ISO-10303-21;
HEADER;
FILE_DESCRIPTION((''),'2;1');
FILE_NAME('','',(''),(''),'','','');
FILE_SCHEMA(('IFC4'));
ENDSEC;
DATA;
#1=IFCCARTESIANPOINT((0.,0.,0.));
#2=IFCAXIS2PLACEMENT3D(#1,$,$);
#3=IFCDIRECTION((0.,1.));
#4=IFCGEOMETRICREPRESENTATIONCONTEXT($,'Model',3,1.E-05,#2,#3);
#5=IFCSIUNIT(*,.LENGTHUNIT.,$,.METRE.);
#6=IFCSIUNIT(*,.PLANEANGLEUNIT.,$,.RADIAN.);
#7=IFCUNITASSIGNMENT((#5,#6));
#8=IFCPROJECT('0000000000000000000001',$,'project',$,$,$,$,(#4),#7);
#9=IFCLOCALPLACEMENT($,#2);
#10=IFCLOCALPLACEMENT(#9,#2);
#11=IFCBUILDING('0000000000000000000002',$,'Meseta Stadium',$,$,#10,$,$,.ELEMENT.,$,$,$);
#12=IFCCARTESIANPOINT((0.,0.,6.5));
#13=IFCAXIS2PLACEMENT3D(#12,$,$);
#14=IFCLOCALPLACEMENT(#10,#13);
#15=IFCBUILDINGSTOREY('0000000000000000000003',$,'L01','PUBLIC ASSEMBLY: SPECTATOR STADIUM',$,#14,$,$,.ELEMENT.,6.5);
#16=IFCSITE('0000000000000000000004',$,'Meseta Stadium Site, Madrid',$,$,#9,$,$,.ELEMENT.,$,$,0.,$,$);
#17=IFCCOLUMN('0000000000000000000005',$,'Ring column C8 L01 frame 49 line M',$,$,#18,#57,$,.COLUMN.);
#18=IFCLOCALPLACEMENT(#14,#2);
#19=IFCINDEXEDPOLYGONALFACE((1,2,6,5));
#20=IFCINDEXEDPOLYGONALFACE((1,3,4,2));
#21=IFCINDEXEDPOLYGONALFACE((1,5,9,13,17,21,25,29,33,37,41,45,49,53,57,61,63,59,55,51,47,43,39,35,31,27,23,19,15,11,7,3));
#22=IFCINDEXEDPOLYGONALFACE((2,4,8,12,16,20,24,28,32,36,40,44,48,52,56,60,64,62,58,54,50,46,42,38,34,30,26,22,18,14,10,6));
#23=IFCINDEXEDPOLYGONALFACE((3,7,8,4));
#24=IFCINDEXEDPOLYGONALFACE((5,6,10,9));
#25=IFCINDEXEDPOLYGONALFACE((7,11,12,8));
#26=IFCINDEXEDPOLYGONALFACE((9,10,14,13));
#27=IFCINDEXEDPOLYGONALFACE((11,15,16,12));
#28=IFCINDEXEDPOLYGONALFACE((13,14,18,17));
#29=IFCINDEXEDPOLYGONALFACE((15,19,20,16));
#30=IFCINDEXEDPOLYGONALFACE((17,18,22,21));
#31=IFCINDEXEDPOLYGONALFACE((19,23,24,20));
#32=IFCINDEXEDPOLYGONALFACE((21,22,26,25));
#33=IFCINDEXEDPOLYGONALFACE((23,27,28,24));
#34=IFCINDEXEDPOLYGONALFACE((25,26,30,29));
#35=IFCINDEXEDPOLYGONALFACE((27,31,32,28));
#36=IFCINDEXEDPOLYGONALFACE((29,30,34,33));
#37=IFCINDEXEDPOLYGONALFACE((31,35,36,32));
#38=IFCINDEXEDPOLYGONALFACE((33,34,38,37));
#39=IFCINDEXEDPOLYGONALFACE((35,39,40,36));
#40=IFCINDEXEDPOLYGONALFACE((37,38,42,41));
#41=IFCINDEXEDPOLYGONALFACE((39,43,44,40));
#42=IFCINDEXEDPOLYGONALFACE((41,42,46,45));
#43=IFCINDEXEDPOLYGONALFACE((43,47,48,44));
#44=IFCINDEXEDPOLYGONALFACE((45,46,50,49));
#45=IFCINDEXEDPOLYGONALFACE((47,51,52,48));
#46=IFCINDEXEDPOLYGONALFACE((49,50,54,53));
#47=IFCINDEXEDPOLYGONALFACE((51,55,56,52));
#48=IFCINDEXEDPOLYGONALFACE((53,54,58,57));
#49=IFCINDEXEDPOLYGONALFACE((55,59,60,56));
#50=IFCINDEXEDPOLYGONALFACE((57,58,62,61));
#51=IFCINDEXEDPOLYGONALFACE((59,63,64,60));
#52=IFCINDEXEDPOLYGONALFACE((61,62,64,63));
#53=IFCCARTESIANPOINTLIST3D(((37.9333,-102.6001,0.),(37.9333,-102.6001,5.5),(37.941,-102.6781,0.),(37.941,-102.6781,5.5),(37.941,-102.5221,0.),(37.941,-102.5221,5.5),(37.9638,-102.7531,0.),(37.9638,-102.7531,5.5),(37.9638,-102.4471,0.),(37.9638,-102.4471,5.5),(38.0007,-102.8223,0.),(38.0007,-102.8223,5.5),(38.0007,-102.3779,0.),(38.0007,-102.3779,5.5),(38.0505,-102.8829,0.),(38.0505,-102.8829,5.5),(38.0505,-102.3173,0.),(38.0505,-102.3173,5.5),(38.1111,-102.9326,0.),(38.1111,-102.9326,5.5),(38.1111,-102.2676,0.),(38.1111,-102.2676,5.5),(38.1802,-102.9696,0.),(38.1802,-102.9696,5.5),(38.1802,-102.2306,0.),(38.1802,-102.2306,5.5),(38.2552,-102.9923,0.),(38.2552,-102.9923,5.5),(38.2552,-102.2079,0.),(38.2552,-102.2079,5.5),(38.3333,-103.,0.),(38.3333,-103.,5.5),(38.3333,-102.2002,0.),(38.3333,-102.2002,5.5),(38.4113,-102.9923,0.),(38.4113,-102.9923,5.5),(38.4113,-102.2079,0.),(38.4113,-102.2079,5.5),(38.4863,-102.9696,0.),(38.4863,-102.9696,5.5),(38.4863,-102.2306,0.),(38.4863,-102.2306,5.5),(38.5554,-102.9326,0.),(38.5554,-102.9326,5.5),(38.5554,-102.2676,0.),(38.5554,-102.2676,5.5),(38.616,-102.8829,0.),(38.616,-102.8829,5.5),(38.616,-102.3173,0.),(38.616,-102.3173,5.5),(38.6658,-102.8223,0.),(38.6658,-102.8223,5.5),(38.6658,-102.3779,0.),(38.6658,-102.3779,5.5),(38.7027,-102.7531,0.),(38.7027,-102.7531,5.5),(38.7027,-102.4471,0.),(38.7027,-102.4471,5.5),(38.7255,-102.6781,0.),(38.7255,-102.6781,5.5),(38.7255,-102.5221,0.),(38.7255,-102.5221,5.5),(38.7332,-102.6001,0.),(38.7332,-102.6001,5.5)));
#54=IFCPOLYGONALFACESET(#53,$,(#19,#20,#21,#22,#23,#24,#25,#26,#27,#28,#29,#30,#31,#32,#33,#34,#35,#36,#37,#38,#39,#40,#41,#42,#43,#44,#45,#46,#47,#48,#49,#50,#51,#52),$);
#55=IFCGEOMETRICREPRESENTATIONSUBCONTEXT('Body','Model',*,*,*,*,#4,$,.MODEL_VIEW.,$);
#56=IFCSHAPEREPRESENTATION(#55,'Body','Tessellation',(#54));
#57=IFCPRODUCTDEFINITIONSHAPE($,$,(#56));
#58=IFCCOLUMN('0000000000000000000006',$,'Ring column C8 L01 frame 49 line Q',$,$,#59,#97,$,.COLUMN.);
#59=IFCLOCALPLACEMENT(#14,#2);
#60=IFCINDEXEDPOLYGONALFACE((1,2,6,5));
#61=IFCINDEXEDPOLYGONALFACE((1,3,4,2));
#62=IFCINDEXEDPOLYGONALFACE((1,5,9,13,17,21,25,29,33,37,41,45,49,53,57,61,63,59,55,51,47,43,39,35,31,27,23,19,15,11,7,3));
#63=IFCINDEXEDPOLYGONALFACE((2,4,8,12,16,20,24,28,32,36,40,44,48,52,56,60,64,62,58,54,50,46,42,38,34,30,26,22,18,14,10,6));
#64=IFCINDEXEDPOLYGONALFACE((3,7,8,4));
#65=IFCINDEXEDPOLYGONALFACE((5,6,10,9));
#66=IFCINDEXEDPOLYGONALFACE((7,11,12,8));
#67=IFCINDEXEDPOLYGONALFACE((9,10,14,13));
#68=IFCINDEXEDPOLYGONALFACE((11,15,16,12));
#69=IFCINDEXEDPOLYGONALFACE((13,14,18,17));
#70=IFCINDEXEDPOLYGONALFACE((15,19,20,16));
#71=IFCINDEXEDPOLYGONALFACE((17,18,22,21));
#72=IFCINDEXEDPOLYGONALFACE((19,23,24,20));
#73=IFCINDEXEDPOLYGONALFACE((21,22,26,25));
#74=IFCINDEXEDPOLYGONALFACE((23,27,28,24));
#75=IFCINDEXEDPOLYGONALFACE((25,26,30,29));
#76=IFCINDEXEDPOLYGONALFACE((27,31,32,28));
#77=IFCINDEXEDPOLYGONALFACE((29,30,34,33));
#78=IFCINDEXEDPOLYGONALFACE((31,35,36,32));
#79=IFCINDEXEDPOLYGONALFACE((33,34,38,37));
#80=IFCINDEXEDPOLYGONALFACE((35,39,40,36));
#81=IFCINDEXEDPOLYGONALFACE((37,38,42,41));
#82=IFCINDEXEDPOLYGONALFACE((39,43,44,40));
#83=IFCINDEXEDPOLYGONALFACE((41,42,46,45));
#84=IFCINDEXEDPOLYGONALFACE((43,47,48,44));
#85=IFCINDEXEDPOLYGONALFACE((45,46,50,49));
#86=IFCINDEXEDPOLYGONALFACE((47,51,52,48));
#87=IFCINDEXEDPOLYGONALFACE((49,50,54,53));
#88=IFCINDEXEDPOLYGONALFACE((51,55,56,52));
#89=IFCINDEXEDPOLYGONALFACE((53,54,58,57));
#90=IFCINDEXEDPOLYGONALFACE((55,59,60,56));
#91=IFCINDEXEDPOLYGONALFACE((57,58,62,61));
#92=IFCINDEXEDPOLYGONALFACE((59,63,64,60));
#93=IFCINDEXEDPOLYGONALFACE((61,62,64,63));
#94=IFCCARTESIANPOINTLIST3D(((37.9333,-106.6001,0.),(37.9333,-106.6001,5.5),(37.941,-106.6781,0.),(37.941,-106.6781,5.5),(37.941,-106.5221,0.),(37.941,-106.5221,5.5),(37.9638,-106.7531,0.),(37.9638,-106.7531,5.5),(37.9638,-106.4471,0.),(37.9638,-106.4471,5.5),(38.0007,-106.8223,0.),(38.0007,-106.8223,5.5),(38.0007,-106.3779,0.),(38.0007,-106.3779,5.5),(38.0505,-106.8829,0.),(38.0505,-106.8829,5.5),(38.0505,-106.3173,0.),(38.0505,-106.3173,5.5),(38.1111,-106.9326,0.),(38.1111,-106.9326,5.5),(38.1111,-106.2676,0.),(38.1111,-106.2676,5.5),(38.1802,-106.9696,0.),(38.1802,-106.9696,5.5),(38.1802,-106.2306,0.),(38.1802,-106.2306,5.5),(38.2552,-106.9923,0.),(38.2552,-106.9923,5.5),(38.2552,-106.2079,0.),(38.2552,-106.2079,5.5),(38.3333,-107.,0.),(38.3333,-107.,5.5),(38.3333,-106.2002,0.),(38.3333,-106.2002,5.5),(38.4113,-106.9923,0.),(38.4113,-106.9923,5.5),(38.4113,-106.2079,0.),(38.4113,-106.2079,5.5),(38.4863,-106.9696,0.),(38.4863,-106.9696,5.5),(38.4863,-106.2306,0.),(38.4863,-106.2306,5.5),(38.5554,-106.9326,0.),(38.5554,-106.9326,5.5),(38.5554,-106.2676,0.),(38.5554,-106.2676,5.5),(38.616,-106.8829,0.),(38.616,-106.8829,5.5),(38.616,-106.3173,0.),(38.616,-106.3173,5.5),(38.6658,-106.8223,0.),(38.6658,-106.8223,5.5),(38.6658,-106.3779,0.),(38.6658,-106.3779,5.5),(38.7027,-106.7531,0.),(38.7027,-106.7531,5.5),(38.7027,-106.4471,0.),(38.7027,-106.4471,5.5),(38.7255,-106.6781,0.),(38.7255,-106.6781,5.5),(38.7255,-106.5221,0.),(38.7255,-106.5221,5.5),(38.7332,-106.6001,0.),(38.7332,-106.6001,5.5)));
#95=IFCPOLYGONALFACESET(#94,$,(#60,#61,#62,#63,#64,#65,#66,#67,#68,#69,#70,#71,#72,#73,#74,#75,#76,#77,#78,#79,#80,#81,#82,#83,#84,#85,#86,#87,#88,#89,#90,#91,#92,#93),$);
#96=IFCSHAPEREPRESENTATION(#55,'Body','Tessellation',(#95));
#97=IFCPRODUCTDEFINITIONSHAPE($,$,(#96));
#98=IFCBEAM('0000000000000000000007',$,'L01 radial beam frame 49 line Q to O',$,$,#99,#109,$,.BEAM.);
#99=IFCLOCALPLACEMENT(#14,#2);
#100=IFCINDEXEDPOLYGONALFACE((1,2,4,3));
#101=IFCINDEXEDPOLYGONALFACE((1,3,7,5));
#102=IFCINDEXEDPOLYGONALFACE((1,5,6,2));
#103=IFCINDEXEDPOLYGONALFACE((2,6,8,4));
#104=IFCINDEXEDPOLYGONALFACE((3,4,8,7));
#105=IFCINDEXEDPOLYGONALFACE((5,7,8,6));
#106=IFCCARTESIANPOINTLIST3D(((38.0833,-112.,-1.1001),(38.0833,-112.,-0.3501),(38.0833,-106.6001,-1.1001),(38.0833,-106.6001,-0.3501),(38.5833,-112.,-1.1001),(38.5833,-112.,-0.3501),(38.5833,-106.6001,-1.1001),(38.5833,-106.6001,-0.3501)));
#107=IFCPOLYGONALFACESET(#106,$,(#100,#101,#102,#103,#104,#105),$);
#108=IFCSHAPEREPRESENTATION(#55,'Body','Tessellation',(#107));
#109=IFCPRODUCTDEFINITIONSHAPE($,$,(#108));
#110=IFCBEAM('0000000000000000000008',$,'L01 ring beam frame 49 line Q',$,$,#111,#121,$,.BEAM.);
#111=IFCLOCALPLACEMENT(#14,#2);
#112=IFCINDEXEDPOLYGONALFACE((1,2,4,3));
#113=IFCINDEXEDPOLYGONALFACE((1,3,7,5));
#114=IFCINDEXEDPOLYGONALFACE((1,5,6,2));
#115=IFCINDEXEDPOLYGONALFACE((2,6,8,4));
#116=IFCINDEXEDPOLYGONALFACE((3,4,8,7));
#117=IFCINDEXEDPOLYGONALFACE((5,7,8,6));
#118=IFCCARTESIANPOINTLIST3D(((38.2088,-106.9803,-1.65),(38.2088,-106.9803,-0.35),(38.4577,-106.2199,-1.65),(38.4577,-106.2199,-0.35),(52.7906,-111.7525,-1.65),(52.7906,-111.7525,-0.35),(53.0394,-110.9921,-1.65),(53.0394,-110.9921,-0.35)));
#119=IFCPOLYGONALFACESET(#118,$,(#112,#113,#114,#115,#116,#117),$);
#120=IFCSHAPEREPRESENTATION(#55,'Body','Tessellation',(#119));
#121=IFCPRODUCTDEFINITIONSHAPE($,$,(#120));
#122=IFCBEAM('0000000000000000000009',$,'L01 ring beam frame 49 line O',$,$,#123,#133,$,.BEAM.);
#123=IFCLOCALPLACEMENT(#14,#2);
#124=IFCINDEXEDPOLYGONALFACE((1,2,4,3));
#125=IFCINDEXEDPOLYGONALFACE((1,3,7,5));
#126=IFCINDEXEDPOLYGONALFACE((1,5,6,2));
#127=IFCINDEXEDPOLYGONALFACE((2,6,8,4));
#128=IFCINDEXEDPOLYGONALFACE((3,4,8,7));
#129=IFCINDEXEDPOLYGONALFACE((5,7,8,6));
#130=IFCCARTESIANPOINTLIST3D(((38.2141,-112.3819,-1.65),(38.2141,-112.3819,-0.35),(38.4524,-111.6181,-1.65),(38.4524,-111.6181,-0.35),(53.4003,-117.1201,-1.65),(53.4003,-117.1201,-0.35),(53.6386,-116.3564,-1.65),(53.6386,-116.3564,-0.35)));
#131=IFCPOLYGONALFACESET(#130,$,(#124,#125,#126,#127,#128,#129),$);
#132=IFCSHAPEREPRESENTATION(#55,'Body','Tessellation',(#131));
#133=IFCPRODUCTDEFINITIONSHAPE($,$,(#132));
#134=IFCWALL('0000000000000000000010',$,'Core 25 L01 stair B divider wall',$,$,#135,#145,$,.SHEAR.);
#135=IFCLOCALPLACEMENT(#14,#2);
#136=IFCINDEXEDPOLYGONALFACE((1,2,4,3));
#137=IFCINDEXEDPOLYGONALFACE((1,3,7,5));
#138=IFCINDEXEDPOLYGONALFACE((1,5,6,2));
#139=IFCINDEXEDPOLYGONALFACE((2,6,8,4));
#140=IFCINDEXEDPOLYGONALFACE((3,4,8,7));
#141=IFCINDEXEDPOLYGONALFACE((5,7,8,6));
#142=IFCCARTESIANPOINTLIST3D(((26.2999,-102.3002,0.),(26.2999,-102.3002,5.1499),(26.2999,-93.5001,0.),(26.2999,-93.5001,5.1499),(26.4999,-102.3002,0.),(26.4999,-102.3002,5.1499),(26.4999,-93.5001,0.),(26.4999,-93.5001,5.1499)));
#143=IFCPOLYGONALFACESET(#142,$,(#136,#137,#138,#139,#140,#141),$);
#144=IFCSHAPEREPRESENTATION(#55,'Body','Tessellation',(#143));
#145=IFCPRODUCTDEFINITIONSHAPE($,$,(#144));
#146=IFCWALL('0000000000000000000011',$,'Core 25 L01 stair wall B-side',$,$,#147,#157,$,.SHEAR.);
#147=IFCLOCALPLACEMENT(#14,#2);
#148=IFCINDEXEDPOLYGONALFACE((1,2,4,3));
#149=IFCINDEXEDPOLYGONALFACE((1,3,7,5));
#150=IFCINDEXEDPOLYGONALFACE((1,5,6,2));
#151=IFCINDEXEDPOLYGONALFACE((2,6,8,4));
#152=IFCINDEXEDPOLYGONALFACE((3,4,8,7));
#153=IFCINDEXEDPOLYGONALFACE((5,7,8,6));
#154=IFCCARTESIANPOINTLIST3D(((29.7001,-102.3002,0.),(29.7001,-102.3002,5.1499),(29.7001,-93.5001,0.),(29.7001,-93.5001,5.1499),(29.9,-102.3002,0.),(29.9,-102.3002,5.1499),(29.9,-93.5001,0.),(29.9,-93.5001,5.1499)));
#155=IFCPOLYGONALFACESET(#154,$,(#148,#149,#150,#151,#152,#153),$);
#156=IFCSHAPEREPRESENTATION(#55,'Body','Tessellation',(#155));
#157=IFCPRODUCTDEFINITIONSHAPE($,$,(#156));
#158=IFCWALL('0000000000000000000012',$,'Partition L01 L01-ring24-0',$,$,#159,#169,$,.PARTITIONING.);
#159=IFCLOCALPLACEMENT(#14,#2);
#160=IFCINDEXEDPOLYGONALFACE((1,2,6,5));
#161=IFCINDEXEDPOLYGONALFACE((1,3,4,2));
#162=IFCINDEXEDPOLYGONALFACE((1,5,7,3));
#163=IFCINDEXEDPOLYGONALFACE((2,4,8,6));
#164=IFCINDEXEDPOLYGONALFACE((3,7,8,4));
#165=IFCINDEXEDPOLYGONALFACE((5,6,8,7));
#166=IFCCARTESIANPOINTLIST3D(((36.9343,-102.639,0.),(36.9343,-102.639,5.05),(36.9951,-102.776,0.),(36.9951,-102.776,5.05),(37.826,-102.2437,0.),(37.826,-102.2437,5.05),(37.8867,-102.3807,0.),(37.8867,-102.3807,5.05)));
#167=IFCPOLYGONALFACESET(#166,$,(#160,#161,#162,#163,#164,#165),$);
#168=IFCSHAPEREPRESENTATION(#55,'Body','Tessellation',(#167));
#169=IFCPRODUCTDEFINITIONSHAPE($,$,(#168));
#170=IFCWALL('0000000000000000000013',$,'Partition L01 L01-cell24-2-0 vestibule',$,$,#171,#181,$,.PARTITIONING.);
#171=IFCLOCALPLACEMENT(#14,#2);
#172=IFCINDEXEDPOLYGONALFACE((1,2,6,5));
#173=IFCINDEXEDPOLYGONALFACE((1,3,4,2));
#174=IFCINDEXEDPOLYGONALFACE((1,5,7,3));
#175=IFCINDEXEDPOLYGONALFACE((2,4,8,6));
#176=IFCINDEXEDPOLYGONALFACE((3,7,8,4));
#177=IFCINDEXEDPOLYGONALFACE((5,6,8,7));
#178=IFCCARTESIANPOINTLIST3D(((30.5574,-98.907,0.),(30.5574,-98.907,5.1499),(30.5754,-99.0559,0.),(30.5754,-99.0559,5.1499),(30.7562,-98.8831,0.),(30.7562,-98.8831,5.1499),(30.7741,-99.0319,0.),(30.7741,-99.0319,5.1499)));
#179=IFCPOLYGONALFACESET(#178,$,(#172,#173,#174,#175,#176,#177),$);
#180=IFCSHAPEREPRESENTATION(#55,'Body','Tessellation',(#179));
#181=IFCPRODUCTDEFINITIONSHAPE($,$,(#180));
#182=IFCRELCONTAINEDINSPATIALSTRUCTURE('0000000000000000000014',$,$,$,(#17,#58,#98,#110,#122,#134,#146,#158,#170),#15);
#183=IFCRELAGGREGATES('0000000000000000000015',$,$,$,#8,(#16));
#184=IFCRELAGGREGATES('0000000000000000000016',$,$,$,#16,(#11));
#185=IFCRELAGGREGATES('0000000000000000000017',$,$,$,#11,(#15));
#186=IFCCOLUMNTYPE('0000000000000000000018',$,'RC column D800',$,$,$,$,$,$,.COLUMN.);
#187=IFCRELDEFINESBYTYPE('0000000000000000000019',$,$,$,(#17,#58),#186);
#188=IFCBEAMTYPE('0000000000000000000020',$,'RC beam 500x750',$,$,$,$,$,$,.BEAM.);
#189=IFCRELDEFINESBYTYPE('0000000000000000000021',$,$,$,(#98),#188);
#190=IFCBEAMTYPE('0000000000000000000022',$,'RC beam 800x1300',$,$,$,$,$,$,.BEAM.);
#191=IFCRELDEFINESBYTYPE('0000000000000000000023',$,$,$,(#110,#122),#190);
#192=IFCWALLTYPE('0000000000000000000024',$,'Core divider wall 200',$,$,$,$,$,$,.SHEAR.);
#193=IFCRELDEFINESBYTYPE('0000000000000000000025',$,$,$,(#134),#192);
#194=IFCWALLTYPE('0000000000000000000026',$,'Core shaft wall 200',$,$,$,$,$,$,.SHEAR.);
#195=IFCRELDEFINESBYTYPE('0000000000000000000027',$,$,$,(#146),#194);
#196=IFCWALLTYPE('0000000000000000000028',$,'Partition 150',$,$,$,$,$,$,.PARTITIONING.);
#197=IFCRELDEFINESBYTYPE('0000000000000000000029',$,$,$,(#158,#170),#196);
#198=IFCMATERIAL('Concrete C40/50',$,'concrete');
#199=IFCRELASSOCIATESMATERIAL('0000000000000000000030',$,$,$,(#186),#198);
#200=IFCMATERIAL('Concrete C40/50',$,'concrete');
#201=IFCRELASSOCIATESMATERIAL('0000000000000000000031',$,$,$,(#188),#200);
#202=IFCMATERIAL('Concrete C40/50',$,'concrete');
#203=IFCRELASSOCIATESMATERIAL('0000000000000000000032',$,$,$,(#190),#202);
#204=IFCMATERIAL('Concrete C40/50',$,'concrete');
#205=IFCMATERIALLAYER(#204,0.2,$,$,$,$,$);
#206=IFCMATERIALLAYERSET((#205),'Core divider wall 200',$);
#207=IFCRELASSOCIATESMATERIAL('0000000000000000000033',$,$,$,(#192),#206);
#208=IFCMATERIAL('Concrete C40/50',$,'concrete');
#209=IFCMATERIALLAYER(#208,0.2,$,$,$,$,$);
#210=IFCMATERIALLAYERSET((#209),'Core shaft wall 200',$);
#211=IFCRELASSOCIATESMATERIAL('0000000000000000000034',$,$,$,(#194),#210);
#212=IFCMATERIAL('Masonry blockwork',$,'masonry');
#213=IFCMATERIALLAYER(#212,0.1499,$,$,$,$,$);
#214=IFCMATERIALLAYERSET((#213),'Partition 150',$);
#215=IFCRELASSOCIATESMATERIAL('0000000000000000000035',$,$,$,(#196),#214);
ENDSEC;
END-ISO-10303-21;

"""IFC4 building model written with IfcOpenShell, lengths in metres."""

from ifc_helpers import new_model, si_unit, direction, frame, frame_2d, origin, origin_2d, place, context, subcontext, project, spatial, rectangle, circle, extrude, material, layer, layer_set, material_profile, profile_set, type_object, element, save


model = new_model("IFC4")

# Units and contexts
model_context = context("Model", 3, precision=1e-05, world=origin(), true_north=direction((0.0, 1.0)))
body_context = subcontext(model_context, "Body", "Model", "MODEL_VIEW")
ifc_project = project(units=[si_unit("LENGTHUNIT", "METRE"), si_unit("PLANEANGLEUNIT", "RADIAN")], contexts=[model_context])

# Site, building, storey
site_placement = place(None, origin())
site = spatial("IfcSite", under=ifc_project, at=site_placement, Name="Meseta Stadium Site, Madrid", CompositionType="ELEMENT", RefElevation=0.0)
building_placement = place(site_placement, origin())
building = spatial("IfcBuilding", under=site, at=building_placement, Name="Meseta Stadium", CompositionType="ELEMENT")
storey_placement = place(building_placement, frame((0.0, 0.0, 6.5)))
storey = spatial("IfcBuildingStorey", under=building, at=storey_placement, Name="L01", Description="PUBLIC ASSEMBLY: SPECTATOR STADIUM", CompositionType="ELEMENT", Elevation=6.5)

# Columns
ifc_material_1 = material(Name="Concrete C40/50", Category="concrete")
ifc_material_profile_1 = material_profile(ifc_material_1, circle(Radius=0.3999, at=origin_2d()), Name="RC D800")
ifc_profile_set_1 = profile_set([ifc_material_profile_1], Name="Concrete C40/50")
column_type = type_object("IfcColumnType", Name="RC column D800", PredefinedType="COLUMN", material=ifc_profile_set_1)
for number, where, z_axis, x_axis, name in (
    (1, (38.3333, -102.6001, 0.0), (0.0, 0.0, 1.0), (1.0, 0.0, 0.0), "Ring column C8 L01 frame 49 line M"),
    (2, (38.3333, -106.6001, 0.0), (0.0, 0.0, 1.0), (1.0, 0.0, 0.0), "Ring column C8 L01 frame 49 line Q"),
):
    element("IfcColumn", number, at=place(storey_placement, frame(where, z_axis=z_axis, x_axis=x_axis)), inside=storey, type_object=column_type, Name=name, PredefinedType="COLUMN", context=body_context, shape_type="SweptSolid", body=[
        extrude(circle(Radius=0.3999, at=origin_2d()), origin(), (0.0, 0.0, 1.0), 5.5),
    ])

# Beams
ifc_material_2 = material(Name="Concrete C40/50", Category="concrete")
ifc_material_profile_2 = material_profile(ifc_material_2, rectangle(XDim=0.5, YDim=0.75, at=origin_2d()), Name="RC 500x750")
ifc_profile_set_2 = profile_set([ifc_material_profile_2], Name="Concrete C40/50")
beam_type_1 = type_object("IfcBeamType", Name="RC beam 500x750", PredefinedType="BEAM", material=ifc_profile_set_2)
beam_1_placement = place(storey_placement, frame((38.3333, -106.6001, -0.7251), z_axis=(0.0, -1.0, 0.0), x_axis=(1.0, 0.0, 0.0)))
element("IfcBeam", 3, at=beam_1_placement, inside=storey, type_object=beam_type_1, Name="L01 radial beam frame 49 line Q to O", PredefinedType="BEAM", context=body_context, shape_type="SweptSolid", body=[
    extrude(rectangle(XDim=0.5, YDim=0.75, at=origin_2d()), origin(), (0.0, 0.0, 1.0), 5.3999),
])
ifc_material_3 = material(Name="Concrete C40/50", Category="concrete")
ifc_material_profile_3 = material_profile(ifc_material_3, rectangle(XDim=0.8, YDim=1.3, at=origin_2d()), Name="RC 800x1300")
ifc_profile_set_3 = profile_set([ifc_material_profile_3], Name="Concrete C40/50")
beam_type_2 = type_object("IfcBeamType", Name="RC beam 800x1300", PredefinedType="BEAM", material=ifc_profile_set_3)
beam_2_placement = place(storey_placement, frame((38.3333, -106.6001, -1.0), z_axis=(0.950397, -0.311039, 0.0), x_axis=(0.311039, 0.950397, 0.0)))
element("IfcBeam", 4, at=beam_2_placement, inside=storey, type_object=beam_type_2, Name="L01 ring beam frame 49 line Q", PredefinedType="BEAM", context=body_context, shape_type="SweptSolid", body=[
    extrude(rectangle(XDim=0.8, YDim=1.3, at=origin_2d()), origin(), (0.0, 0.0, 1.0), 15.3428),
])
beam_3_placement = place(storey_placement, frame((38.3333, -112.0, -1.0), z_axis=(0.954613, -0.297849, 0.0), x_axis=(0.297849, 0.954613, 0.0)))
element("IfcBeam", 5, at=beam_3_placement, inside=storey, type_object=beam_type_2, Name="L01 ring beam frame 49 line O", PredefinedType="BEAM", context=body_context, shape_type="SweptSolid", body=[
    extrude(rectangle(XDim=0.8, YDim=1.3, at=origin_2d()), origin(), (0.0, 0.0, 1.0), 15.9082),
])

# Walls
ifc_material_4 = material(Name="Concrete C40/50", Category="concrete")
ifc_layer_1 = layer(ifc_material_4, 0.2)
ifc_layer_set_1 = layer_set([ifc_layer_1], Name="Core divider wall 200")
wall_type_1 = type_object("IfcWallType", Name="Core divider wall 200", PredefinedType="SHEAR", material=ifc_layer_set_1)
wall_1_placement = place(storey_placement, frame((26.3999, -102.3, 0.0), z_axis=(0.0, 0.0, 1.0), x_axis=(0.0, 1.0, 0.0)))
element("IfcWall", 6, at=wall_1_placement, inside=storey, type_object=wall_type_1, Name="Core 25 L01 stair B divider wall", PredefinedType="SHEAR", context=body_context, shape_type="SweptSolid", body=[
    extrude(rectangle(XDim=8.8, YDim=0.2, at=frame_2d((4.3999, 0.0))), origin(), (0.0, 0.0, 1.0), 5.1499),
])
ifc_material_5 = material(Name="Concrete C40/50", Category="concrete")
ifc_layer_2 = layer(ifc_material_5, 0.2)
ifc_layer_set_2 = layer_set([ifc_layer_2], Name="Core shaft wall 200")
wall_type_2 = type_object("IfcWallType", Name="Core shaft wall 200", PredefinedType="SHEAR", material=ifc_layer_set_2)
wall_2_placement = place(storey_placement, frame((29.8, -102.3, 0.0), z_axis=(0.0, 0.0, 1.0), x_axis=(0.0, 1.0, 0.0)))
element("IfcWall", 7, at=wall_2_placement, inside=storey, type_object=wall_type_2, Name="Core 25 L01 stair wall B-side", PredefinedType="SHEAR", context=body_context, shape_type="SweptSolid", body=[
    extrude(rectangle(XDim=8.8, YDim=0.2, at=frame_2d((4.3999, 0.0))), origin(), (0.0, 0.0, 1.0), 5.1499),
])
ifc_material_6 = material(Name="Masonry blockwork", Category="masonry")
ifc_layer_3 = layer(ifc_material_6, 0.1499)
ifc_layer_set_3 = layer_set([ifc_layer_3], Name="Partition 150")
wall_type_3 = type_object("IfcWallType", Name="Partition 150", PredefinedType="PARTITIONING", material=ifc_layer_set_3)
wall_3_placement = place(storey_placement, frame((36.9646, -102.7075, 0.0), z_axis=(0.0, 0.0, 1.0), x_axis=(0.914193, 0.405279, 0.0)))
element("IfcWall", 8, at=wall_3_placement, inside=storey, type_object=wall_type_3, Name="Partition L01 L01-ring24-0", PredefinedType="PARTITIONING", context=body_context, shape_type="SweptSolid", body=[
    extrude(rectangle(XDim=0.9753, YDim=0.1499, at=frame_2d((0.4878, 0.0))), origin(), (0.0, 0.0, 1.0), 5.05),
])
wall_4_placement = place(storey_placement, frame((30.5664, -98.9814, 0.0), z_axis=(0.0, 0.0, 1.0), x_axis=(0.992831, 0.11953, 0.0)))
element("IfcWall", 9, at=wall_4_placement, inside=storey, type_object=wall_type_3, Name="Partition L01 L01-cell24-2-0 vestibule", PredefinedType="PARTITIONING", context=body_context, shape_type="SweptSolid", body=[
    extrude(rectangle(XDim=0.2002, YDim=0.1499, at=frame_2d((0.1001, 0.0))), origin(), (0.0, 0.0, 1.0), 5.1499),
])

save(model, "model.ifc")
